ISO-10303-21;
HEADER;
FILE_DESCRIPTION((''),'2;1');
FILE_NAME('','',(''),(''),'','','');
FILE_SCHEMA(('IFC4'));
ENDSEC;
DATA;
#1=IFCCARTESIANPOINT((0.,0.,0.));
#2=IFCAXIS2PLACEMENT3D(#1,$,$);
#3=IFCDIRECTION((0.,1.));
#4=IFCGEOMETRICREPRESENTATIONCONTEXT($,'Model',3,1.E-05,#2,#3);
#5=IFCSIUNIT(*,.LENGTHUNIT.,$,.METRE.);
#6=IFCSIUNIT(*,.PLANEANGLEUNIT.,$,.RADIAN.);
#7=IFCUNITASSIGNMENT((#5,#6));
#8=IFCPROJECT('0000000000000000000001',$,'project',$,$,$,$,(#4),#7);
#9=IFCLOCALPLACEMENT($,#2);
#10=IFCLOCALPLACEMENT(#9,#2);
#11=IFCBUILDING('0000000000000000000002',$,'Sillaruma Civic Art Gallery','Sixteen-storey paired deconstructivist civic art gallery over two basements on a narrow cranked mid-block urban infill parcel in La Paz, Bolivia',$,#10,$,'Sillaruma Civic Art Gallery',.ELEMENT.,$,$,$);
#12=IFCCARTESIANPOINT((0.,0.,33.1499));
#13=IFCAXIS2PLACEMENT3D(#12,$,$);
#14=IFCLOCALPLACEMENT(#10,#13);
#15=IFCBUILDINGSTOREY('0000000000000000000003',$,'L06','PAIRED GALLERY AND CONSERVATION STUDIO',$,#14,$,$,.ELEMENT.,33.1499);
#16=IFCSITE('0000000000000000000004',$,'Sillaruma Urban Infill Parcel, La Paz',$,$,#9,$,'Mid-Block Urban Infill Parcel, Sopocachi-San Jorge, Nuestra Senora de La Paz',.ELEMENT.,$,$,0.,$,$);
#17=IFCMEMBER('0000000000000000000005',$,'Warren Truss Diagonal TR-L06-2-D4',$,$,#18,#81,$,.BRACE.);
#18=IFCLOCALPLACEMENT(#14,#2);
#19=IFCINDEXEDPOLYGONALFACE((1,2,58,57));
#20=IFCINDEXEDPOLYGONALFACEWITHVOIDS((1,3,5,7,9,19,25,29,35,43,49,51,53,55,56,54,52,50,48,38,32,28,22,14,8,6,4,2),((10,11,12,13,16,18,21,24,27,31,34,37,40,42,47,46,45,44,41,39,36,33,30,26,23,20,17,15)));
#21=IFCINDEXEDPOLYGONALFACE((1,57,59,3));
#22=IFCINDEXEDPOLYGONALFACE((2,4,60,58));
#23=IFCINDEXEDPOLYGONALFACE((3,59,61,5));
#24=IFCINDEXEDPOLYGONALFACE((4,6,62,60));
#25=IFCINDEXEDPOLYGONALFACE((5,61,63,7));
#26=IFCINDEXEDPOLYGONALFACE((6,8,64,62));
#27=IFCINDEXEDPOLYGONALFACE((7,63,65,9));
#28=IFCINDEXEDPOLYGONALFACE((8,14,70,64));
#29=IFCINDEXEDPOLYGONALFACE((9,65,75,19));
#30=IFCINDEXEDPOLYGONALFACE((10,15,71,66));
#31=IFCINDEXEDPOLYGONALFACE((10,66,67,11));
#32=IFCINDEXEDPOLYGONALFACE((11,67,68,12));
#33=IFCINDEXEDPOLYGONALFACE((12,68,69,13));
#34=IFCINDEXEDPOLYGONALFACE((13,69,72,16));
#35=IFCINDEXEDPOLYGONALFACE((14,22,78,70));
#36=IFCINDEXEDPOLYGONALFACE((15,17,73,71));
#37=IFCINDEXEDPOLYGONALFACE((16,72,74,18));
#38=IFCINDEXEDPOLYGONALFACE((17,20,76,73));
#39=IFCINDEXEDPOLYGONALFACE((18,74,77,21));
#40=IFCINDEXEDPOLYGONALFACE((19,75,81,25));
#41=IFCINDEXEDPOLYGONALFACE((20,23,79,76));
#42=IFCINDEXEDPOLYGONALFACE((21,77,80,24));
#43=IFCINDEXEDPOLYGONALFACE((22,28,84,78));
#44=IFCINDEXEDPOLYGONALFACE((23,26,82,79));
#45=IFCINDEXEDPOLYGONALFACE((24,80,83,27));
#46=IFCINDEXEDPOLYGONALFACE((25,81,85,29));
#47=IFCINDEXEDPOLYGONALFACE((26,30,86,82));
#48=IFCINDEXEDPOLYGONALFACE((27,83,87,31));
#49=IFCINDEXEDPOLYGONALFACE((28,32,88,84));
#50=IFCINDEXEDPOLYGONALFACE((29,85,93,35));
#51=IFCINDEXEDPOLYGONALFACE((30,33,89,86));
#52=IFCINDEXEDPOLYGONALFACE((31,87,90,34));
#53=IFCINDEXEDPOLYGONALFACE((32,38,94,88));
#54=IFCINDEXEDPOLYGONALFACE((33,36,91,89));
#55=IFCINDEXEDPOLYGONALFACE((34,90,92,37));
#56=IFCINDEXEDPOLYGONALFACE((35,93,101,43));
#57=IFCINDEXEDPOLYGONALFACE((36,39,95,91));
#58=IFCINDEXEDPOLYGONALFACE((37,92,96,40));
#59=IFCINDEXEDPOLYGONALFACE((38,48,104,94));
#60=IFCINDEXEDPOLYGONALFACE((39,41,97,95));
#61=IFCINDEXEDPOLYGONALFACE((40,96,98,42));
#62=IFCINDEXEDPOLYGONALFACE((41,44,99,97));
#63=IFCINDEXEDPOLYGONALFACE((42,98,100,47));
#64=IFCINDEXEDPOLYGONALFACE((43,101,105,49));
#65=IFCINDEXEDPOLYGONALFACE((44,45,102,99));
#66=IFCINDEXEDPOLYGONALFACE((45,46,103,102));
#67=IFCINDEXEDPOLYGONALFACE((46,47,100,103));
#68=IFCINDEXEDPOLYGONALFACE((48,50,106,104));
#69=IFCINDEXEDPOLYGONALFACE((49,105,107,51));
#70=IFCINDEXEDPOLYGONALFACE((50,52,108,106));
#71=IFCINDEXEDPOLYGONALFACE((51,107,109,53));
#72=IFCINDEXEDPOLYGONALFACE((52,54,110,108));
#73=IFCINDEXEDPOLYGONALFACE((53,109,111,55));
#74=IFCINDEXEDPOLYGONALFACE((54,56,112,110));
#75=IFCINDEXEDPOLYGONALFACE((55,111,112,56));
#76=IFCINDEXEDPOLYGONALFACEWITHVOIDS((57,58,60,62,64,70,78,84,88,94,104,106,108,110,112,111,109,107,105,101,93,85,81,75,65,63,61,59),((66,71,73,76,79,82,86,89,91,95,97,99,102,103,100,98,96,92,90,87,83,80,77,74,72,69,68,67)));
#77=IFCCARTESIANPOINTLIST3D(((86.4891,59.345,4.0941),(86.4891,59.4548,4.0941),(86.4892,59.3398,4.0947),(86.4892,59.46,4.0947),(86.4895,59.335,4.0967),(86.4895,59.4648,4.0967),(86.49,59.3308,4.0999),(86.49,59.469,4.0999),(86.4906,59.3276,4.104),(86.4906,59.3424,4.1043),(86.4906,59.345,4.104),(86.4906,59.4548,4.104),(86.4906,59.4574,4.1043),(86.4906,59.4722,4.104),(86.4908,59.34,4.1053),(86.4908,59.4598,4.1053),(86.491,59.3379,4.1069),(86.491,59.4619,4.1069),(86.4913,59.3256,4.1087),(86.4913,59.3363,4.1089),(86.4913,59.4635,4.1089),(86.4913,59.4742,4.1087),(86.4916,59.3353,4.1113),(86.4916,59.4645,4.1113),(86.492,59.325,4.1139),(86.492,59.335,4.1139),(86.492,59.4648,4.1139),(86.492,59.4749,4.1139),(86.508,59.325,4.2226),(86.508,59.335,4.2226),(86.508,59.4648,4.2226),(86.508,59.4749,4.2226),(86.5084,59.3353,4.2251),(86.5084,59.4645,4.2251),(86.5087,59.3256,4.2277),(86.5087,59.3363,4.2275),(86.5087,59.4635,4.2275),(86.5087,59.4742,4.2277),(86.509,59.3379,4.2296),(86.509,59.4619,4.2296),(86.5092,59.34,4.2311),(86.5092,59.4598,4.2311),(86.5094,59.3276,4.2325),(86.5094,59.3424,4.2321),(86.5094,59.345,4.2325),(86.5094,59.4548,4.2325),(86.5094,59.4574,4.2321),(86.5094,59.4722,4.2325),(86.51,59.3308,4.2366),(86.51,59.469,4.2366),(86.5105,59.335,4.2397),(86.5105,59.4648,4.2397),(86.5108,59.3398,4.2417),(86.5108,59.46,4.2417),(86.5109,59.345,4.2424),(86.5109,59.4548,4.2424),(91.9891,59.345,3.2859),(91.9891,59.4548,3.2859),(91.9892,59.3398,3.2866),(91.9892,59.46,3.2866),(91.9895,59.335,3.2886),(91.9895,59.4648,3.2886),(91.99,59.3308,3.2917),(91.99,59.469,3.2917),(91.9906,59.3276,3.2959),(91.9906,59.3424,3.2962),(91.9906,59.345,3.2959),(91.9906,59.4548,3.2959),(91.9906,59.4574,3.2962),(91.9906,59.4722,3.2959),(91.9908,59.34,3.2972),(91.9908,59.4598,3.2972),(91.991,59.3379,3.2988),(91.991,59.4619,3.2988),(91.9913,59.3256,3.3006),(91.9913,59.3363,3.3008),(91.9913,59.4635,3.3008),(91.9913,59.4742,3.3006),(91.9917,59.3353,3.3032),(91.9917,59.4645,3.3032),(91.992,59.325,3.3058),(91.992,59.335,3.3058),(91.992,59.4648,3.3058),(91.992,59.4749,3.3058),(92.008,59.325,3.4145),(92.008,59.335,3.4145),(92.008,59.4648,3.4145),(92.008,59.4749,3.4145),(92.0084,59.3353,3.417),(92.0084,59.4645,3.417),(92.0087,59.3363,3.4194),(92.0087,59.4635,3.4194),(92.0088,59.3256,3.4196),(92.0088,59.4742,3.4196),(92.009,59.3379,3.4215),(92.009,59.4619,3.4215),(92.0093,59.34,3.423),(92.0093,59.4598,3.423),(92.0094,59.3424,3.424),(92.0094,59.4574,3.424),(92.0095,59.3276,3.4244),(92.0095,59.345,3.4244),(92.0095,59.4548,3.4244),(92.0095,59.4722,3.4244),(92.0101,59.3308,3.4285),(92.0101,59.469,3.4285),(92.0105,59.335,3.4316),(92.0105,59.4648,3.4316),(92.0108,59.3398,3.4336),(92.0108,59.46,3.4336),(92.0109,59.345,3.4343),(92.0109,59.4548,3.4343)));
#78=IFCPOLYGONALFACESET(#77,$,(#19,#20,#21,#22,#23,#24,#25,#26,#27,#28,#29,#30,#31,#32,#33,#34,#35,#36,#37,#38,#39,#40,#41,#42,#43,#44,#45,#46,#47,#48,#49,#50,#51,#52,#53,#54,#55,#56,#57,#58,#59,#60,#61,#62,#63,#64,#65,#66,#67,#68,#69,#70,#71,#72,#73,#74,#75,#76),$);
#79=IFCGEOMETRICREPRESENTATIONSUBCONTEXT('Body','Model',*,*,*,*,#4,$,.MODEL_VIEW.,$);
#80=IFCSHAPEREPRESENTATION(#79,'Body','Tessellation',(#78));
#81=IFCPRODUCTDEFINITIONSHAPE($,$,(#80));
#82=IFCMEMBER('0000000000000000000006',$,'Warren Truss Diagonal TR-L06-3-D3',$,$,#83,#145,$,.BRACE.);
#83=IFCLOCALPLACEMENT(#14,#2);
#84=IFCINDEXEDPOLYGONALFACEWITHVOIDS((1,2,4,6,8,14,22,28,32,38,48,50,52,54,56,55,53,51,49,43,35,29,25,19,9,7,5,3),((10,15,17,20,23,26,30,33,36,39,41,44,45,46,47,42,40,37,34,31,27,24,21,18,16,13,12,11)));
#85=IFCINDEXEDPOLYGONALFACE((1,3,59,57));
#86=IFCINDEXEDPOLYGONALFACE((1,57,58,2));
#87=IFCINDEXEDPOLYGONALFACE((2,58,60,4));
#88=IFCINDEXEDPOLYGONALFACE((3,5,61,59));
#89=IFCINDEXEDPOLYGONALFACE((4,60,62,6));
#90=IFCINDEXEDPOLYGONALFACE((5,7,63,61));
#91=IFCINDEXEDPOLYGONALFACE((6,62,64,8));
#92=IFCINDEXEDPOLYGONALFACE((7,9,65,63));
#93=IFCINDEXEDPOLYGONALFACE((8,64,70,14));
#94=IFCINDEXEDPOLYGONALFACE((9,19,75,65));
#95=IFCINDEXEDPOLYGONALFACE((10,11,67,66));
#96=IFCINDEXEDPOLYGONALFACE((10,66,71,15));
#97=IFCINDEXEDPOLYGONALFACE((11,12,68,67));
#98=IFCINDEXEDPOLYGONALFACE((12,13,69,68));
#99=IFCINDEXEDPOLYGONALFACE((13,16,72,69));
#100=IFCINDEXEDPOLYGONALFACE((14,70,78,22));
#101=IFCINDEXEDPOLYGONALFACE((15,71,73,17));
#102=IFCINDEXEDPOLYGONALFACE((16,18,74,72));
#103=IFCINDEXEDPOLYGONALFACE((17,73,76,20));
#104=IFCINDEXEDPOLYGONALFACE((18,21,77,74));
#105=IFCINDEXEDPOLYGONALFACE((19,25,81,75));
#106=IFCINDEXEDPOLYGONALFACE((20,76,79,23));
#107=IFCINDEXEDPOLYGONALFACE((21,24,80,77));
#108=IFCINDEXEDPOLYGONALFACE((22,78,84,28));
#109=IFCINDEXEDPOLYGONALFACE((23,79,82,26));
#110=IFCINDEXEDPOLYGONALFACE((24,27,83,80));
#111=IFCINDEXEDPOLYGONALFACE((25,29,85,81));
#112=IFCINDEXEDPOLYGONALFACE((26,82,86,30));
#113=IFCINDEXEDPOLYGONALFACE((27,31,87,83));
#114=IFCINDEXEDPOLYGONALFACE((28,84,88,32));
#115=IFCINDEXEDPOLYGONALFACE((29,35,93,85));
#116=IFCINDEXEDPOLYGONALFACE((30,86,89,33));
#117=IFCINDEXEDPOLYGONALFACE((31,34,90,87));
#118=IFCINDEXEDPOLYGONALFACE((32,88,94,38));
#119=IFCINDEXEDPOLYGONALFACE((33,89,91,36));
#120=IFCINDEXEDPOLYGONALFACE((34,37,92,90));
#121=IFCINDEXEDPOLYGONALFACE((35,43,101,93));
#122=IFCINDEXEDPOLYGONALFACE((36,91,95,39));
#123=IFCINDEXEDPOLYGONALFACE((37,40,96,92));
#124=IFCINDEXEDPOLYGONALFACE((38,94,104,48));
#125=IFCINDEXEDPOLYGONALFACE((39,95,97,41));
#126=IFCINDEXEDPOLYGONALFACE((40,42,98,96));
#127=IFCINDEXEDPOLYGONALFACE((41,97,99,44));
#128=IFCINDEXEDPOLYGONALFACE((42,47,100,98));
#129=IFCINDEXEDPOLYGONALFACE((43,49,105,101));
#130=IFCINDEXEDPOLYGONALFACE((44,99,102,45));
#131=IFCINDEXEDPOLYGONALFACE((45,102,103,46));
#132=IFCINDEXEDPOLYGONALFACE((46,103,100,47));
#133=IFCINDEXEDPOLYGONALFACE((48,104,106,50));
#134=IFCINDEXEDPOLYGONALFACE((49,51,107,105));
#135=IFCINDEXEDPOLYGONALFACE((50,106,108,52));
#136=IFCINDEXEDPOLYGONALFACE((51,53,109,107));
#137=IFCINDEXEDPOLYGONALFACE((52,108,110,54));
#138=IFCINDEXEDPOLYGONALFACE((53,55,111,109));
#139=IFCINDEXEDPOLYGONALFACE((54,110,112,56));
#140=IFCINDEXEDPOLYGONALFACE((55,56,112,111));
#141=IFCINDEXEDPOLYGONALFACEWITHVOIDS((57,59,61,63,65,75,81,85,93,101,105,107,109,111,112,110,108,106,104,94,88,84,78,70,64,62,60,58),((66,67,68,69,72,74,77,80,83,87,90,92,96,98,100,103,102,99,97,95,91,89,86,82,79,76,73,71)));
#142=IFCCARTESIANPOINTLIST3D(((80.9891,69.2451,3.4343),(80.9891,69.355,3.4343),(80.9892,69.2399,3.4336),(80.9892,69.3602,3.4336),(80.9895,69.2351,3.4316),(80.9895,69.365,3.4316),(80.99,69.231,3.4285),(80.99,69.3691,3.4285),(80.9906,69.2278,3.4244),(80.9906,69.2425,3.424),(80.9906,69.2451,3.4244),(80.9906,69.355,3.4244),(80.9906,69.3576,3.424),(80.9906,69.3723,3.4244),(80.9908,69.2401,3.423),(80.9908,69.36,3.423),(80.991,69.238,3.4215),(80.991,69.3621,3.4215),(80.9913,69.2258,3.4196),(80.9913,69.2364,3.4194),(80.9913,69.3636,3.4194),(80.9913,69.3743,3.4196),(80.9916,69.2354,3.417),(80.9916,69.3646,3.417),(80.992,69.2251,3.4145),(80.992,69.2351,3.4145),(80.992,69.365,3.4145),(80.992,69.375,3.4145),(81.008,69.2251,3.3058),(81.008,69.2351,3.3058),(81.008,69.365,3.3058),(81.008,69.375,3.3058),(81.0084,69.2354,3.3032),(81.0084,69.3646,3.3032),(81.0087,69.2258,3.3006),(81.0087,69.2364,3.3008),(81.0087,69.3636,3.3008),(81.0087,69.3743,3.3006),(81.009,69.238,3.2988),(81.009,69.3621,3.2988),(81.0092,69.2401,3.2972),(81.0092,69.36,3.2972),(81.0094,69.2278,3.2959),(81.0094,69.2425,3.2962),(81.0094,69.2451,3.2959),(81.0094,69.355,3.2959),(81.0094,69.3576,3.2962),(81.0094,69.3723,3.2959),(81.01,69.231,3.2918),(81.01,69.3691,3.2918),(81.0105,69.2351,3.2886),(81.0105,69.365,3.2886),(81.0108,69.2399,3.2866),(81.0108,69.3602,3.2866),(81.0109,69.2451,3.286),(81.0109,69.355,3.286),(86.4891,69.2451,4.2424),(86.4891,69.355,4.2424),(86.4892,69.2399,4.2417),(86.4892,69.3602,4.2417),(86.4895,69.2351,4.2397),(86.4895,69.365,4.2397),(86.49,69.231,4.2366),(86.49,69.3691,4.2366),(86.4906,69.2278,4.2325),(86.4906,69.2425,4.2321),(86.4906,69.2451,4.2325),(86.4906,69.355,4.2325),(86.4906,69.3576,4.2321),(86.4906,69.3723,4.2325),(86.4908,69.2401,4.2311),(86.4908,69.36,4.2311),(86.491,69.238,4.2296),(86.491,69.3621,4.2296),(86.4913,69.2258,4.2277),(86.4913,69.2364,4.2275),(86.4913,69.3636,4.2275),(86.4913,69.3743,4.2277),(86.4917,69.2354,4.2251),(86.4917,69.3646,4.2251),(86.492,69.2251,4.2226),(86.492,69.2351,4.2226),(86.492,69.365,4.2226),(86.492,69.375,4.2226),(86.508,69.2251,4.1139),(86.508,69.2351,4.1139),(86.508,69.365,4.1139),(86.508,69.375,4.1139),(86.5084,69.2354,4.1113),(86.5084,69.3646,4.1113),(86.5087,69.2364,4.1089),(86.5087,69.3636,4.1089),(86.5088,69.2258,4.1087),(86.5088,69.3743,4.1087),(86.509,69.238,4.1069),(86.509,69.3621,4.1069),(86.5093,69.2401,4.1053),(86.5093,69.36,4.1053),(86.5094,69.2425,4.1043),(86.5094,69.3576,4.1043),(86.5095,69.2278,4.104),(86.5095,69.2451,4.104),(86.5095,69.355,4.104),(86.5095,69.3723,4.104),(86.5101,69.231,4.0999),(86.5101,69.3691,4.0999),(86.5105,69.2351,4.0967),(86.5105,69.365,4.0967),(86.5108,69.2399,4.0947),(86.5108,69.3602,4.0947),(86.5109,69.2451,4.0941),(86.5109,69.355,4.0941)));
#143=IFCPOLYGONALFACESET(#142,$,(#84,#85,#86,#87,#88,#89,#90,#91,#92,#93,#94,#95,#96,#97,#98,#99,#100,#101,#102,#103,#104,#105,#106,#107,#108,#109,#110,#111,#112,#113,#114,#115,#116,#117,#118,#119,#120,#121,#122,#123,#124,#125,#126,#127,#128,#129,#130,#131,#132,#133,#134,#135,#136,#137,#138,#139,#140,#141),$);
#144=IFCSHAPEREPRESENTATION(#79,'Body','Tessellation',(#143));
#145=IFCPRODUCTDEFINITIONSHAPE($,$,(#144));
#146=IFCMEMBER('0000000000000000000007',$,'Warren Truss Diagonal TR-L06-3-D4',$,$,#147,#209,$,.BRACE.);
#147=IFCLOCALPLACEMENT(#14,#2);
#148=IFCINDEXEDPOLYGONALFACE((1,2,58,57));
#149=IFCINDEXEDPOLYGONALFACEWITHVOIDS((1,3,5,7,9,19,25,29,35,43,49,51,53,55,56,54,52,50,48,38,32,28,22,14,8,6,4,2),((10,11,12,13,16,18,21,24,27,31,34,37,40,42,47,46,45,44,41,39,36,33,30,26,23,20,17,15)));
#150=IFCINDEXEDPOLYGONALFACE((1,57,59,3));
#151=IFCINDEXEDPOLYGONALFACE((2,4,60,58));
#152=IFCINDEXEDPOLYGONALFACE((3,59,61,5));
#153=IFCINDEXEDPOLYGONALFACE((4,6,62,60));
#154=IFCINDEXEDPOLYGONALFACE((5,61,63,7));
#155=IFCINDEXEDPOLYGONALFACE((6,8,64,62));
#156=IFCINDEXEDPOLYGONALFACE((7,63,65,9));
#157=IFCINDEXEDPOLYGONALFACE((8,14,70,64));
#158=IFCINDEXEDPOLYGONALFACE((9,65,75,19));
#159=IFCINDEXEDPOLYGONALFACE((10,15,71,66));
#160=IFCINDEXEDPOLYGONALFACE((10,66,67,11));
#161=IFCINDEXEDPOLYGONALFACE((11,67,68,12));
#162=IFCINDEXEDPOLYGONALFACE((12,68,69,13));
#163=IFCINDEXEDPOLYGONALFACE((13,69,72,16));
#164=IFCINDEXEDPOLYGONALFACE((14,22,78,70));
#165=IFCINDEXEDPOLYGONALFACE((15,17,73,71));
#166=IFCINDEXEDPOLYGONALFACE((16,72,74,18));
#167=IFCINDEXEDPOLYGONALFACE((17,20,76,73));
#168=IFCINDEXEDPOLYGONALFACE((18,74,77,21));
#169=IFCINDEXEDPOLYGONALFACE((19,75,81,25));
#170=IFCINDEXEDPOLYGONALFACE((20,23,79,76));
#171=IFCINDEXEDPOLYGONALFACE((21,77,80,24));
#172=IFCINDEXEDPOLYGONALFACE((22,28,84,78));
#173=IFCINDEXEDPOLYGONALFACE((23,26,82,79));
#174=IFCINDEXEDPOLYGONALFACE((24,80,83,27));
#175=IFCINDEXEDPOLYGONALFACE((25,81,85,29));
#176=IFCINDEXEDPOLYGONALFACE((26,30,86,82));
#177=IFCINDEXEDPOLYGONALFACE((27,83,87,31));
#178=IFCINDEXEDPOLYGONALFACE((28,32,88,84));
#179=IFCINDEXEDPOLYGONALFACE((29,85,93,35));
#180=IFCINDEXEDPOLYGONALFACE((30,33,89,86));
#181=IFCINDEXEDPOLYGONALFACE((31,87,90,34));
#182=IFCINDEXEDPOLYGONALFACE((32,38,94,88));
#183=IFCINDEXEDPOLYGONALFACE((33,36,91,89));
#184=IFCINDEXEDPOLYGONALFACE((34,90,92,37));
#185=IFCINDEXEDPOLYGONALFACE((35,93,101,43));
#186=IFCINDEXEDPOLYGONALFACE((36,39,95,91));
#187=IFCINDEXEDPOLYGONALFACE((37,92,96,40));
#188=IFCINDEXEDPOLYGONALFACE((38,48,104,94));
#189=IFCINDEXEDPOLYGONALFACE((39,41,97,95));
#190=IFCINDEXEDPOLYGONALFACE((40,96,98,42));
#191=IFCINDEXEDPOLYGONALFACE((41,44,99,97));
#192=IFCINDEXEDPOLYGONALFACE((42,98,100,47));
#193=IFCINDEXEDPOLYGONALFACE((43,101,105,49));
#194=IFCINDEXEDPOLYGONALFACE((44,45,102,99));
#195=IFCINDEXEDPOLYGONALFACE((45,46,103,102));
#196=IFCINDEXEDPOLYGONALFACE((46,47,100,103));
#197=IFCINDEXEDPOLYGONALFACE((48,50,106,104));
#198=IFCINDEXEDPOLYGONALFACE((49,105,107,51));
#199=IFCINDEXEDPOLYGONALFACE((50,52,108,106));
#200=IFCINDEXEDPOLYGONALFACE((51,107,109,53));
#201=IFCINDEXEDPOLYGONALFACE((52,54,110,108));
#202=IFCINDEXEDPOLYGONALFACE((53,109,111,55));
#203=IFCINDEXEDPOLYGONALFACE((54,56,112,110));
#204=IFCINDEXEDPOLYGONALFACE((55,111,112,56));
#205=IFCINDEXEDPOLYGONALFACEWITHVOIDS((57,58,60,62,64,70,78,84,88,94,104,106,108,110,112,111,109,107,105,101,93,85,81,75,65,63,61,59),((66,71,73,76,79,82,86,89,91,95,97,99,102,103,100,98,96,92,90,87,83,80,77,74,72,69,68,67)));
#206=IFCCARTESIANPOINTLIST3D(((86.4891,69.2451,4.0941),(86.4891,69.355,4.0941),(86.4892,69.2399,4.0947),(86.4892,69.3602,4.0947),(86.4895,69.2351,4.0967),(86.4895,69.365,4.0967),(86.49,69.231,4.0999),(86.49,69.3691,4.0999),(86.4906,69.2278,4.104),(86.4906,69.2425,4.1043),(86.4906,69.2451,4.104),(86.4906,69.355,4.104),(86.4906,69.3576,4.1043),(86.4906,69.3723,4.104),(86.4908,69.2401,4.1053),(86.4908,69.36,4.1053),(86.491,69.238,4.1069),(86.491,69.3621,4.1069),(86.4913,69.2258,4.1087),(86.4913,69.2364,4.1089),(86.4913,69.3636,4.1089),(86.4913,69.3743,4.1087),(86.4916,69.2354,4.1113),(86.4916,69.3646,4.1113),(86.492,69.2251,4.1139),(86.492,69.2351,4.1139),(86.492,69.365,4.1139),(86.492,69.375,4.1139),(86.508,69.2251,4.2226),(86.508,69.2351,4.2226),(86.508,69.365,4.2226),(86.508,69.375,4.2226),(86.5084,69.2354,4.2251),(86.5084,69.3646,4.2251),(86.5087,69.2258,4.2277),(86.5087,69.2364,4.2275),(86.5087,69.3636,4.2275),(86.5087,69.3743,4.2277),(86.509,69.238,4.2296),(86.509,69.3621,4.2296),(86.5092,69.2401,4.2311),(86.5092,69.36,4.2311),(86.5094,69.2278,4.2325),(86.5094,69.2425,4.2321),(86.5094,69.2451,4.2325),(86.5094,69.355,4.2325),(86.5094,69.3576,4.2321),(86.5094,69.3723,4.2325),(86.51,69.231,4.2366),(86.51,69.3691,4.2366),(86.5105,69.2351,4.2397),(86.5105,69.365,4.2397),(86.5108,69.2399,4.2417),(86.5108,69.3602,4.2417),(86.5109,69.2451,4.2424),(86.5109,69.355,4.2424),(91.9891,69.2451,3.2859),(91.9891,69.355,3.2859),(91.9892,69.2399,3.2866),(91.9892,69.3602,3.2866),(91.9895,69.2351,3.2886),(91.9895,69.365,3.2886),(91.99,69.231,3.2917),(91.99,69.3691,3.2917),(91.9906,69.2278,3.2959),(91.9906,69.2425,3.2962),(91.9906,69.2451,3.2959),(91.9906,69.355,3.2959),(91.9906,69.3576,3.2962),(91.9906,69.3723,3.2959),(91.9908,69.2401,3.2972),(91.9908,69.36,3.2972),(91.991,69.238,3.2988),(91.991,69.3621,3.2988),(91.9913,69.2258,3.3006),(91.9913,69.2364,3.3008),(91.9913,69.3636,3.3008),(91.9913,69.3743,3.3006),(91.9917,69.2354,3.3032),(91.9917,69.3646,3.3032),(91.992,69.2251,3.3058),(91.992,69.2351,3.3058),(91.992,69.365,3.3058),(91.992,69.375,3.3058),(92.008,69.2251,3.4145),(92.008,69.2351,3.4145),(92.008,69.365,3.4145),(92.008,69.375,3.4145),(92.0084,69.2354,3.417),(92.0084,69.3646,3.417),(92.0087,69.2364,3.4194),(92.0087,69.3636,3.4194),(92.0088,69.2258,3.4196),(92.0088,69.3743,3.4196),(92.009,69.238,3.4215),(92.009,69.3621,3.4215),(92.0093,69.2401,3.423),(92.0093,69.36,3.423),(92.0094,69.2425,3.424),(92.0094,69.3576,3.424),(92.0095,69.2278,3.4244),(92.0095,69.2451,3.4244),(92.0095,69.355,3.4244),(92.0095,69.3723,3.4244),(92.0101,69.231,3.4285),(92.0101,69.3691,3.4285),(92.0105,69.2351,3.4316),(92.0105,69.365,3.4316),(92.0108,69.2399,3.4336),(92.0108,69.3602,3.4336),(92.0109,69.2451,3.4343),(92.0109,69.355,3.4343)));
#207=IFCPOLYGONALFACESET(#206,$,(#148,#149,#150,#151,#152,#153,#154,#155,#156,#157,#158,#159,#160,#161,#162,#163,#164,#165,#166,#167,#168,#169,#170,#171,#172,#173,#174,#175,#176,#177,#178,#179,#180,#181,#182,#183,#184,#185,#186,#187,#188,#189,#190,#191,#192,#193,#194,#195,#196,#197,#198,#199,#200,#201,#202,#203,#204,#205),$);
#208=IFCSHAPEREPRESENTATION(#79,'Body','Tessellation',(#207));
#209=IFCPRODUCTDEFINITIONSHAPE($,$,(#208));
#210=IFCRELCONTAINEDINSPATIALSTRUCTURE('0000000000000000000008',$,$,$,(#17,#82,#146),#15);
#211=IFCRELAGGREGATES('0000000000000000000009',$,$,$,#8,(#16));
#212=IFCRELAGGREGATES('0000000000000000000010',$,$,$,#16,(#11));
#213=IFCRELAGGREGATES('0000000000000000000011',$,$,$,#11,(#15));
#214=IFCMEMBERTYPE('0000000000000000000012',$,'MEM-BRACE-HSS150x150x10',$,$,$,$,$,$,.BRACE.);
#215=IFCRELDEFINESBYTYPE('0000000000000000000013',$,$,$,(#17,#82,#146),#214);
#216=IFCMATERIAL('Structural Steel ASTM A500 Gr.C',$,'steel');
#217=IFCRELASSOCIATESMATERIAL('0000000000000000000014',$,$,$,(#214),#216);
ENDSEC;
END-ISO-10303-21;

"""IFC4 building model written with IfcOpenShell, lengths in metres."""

from ifc_helpers import new_model, si_unit, direction, frame, origin, origin_2d, place, context, subcontext, project, spatial, hollow_rectangle, extrude, material, material_profile, profile_set, type_object, element, save


model = new_model("IFC4")

# Units and contexts
model_context = context("Model", 3, precision=1e-05, world=origin(), true_north=direction((0.0, 1.0)))
body_context = subcontext(model_context, "Body", "Model", "MODEL_VIEW")
ifc_project = project(units=[si_unit("LENGTHUNIT", "METRE"), si_unit("PLANEANGLEUNIT", "RADIAN")], contexts=[model_context])

# Site, building, storey
site_placement = place(None, origin())
site = spatial("IfcSite", under=ifc_project, at=site_placement, Name="Sillaruma Urban Infill Parcel, La Paz", LongName="Mid-Block Urban Infill Parcel, Sopocachi-San Jorge, Nuestra Senora de La Paz", CompositionType="ELEMENT", RefElevation=0.0)
building_placement = place(site_placement, origin())
building = spatial("IfcBuilding", under=site, at=building_placement, Name="Sillaruma Civic Art Gallery", Description="Sixteen-storey paired deconstructivist civic art gallery over two basements on a narrow cranked mid-block urban infill parcel in La Paz, Bolivia", LongName="Sillaruma Civic Art Gallery", CompositionType="ELEMENT")
storey_placement = place(building_placement, frame((0.0, 0.0, 33.1499)))
storey = spatial("IfcBuildingStorey", under=building, at=storey_placement, Name="L06", Description="PAIRED GALLERY AND CONSERVATION STUDIO", CompositionType="ELEMENT", Elevation=33.1499)

# Shared definitions
ifc_material_1 = material(Name="Structural Steel ASTM A500 Gr.C", Category="steel")

# Members
ifc_material_profile_1 = material_profile(ifc_material_1, hollow_rectangle(XDim=0.1499, YDim=0.1499, WallThickness=0.01, InnerFilletRadius=0.01, OuterFilletRadius=0.02, at=origin_2d()), Name="HSS150x150x10")
ifc_profile_set_1 = profile_set([ifc_material_profile_1], Name="Structural Steel ASTM A500 Gr.C")
member_type_1 = type_object("IfcMemberType", Name="MEM-BRACE-HSS150x150x10", PredefinedType="BRACE", material=ifc_profile_set_1)
for number, where, z_axis, x_axis, name in (
    (1, (86.5, 59.3999, 4.1682), (0.989378, 0.0, -0.145368), (0.0, 1.0, 0.0), "Warren Truss Diagonal TR-L06-2-D4"),
    (2, (81.0, 69.3, 3.3601), (0.989378, 0.0, 0.145368), (0.0, 1.0, 0.0), "Warren Truss Diagonal TR-L06-3-D3"),
    (3, (86.5, 69.3, 4.1682), (0.989378, 0.0, -0.145368), (0.0, 1.0, 0.0), "Warren Truss Diagonal TR-L06-3-D4"),
):
    element("IfcMember", number, at=place(storey_placement, frame(where, z_axis=z_axis, x_axis=x_axis)), inside=storey, type_object=member_type_1, Name=name, PredefinedType="BRACE", context=body_context, shape_type="SweptSolid", body=[
        extrude(hollow_rectangle(XDim=0.1499, YDim=0.1499, WallThickness=0.01, InnerFilletRadius=0.01, OuterFilletRadius=0.02, at=origin_2d()), origin(), (0.0, 0.0, 1.0), 5.5591),
    ])

save(model, "model.ifc")
